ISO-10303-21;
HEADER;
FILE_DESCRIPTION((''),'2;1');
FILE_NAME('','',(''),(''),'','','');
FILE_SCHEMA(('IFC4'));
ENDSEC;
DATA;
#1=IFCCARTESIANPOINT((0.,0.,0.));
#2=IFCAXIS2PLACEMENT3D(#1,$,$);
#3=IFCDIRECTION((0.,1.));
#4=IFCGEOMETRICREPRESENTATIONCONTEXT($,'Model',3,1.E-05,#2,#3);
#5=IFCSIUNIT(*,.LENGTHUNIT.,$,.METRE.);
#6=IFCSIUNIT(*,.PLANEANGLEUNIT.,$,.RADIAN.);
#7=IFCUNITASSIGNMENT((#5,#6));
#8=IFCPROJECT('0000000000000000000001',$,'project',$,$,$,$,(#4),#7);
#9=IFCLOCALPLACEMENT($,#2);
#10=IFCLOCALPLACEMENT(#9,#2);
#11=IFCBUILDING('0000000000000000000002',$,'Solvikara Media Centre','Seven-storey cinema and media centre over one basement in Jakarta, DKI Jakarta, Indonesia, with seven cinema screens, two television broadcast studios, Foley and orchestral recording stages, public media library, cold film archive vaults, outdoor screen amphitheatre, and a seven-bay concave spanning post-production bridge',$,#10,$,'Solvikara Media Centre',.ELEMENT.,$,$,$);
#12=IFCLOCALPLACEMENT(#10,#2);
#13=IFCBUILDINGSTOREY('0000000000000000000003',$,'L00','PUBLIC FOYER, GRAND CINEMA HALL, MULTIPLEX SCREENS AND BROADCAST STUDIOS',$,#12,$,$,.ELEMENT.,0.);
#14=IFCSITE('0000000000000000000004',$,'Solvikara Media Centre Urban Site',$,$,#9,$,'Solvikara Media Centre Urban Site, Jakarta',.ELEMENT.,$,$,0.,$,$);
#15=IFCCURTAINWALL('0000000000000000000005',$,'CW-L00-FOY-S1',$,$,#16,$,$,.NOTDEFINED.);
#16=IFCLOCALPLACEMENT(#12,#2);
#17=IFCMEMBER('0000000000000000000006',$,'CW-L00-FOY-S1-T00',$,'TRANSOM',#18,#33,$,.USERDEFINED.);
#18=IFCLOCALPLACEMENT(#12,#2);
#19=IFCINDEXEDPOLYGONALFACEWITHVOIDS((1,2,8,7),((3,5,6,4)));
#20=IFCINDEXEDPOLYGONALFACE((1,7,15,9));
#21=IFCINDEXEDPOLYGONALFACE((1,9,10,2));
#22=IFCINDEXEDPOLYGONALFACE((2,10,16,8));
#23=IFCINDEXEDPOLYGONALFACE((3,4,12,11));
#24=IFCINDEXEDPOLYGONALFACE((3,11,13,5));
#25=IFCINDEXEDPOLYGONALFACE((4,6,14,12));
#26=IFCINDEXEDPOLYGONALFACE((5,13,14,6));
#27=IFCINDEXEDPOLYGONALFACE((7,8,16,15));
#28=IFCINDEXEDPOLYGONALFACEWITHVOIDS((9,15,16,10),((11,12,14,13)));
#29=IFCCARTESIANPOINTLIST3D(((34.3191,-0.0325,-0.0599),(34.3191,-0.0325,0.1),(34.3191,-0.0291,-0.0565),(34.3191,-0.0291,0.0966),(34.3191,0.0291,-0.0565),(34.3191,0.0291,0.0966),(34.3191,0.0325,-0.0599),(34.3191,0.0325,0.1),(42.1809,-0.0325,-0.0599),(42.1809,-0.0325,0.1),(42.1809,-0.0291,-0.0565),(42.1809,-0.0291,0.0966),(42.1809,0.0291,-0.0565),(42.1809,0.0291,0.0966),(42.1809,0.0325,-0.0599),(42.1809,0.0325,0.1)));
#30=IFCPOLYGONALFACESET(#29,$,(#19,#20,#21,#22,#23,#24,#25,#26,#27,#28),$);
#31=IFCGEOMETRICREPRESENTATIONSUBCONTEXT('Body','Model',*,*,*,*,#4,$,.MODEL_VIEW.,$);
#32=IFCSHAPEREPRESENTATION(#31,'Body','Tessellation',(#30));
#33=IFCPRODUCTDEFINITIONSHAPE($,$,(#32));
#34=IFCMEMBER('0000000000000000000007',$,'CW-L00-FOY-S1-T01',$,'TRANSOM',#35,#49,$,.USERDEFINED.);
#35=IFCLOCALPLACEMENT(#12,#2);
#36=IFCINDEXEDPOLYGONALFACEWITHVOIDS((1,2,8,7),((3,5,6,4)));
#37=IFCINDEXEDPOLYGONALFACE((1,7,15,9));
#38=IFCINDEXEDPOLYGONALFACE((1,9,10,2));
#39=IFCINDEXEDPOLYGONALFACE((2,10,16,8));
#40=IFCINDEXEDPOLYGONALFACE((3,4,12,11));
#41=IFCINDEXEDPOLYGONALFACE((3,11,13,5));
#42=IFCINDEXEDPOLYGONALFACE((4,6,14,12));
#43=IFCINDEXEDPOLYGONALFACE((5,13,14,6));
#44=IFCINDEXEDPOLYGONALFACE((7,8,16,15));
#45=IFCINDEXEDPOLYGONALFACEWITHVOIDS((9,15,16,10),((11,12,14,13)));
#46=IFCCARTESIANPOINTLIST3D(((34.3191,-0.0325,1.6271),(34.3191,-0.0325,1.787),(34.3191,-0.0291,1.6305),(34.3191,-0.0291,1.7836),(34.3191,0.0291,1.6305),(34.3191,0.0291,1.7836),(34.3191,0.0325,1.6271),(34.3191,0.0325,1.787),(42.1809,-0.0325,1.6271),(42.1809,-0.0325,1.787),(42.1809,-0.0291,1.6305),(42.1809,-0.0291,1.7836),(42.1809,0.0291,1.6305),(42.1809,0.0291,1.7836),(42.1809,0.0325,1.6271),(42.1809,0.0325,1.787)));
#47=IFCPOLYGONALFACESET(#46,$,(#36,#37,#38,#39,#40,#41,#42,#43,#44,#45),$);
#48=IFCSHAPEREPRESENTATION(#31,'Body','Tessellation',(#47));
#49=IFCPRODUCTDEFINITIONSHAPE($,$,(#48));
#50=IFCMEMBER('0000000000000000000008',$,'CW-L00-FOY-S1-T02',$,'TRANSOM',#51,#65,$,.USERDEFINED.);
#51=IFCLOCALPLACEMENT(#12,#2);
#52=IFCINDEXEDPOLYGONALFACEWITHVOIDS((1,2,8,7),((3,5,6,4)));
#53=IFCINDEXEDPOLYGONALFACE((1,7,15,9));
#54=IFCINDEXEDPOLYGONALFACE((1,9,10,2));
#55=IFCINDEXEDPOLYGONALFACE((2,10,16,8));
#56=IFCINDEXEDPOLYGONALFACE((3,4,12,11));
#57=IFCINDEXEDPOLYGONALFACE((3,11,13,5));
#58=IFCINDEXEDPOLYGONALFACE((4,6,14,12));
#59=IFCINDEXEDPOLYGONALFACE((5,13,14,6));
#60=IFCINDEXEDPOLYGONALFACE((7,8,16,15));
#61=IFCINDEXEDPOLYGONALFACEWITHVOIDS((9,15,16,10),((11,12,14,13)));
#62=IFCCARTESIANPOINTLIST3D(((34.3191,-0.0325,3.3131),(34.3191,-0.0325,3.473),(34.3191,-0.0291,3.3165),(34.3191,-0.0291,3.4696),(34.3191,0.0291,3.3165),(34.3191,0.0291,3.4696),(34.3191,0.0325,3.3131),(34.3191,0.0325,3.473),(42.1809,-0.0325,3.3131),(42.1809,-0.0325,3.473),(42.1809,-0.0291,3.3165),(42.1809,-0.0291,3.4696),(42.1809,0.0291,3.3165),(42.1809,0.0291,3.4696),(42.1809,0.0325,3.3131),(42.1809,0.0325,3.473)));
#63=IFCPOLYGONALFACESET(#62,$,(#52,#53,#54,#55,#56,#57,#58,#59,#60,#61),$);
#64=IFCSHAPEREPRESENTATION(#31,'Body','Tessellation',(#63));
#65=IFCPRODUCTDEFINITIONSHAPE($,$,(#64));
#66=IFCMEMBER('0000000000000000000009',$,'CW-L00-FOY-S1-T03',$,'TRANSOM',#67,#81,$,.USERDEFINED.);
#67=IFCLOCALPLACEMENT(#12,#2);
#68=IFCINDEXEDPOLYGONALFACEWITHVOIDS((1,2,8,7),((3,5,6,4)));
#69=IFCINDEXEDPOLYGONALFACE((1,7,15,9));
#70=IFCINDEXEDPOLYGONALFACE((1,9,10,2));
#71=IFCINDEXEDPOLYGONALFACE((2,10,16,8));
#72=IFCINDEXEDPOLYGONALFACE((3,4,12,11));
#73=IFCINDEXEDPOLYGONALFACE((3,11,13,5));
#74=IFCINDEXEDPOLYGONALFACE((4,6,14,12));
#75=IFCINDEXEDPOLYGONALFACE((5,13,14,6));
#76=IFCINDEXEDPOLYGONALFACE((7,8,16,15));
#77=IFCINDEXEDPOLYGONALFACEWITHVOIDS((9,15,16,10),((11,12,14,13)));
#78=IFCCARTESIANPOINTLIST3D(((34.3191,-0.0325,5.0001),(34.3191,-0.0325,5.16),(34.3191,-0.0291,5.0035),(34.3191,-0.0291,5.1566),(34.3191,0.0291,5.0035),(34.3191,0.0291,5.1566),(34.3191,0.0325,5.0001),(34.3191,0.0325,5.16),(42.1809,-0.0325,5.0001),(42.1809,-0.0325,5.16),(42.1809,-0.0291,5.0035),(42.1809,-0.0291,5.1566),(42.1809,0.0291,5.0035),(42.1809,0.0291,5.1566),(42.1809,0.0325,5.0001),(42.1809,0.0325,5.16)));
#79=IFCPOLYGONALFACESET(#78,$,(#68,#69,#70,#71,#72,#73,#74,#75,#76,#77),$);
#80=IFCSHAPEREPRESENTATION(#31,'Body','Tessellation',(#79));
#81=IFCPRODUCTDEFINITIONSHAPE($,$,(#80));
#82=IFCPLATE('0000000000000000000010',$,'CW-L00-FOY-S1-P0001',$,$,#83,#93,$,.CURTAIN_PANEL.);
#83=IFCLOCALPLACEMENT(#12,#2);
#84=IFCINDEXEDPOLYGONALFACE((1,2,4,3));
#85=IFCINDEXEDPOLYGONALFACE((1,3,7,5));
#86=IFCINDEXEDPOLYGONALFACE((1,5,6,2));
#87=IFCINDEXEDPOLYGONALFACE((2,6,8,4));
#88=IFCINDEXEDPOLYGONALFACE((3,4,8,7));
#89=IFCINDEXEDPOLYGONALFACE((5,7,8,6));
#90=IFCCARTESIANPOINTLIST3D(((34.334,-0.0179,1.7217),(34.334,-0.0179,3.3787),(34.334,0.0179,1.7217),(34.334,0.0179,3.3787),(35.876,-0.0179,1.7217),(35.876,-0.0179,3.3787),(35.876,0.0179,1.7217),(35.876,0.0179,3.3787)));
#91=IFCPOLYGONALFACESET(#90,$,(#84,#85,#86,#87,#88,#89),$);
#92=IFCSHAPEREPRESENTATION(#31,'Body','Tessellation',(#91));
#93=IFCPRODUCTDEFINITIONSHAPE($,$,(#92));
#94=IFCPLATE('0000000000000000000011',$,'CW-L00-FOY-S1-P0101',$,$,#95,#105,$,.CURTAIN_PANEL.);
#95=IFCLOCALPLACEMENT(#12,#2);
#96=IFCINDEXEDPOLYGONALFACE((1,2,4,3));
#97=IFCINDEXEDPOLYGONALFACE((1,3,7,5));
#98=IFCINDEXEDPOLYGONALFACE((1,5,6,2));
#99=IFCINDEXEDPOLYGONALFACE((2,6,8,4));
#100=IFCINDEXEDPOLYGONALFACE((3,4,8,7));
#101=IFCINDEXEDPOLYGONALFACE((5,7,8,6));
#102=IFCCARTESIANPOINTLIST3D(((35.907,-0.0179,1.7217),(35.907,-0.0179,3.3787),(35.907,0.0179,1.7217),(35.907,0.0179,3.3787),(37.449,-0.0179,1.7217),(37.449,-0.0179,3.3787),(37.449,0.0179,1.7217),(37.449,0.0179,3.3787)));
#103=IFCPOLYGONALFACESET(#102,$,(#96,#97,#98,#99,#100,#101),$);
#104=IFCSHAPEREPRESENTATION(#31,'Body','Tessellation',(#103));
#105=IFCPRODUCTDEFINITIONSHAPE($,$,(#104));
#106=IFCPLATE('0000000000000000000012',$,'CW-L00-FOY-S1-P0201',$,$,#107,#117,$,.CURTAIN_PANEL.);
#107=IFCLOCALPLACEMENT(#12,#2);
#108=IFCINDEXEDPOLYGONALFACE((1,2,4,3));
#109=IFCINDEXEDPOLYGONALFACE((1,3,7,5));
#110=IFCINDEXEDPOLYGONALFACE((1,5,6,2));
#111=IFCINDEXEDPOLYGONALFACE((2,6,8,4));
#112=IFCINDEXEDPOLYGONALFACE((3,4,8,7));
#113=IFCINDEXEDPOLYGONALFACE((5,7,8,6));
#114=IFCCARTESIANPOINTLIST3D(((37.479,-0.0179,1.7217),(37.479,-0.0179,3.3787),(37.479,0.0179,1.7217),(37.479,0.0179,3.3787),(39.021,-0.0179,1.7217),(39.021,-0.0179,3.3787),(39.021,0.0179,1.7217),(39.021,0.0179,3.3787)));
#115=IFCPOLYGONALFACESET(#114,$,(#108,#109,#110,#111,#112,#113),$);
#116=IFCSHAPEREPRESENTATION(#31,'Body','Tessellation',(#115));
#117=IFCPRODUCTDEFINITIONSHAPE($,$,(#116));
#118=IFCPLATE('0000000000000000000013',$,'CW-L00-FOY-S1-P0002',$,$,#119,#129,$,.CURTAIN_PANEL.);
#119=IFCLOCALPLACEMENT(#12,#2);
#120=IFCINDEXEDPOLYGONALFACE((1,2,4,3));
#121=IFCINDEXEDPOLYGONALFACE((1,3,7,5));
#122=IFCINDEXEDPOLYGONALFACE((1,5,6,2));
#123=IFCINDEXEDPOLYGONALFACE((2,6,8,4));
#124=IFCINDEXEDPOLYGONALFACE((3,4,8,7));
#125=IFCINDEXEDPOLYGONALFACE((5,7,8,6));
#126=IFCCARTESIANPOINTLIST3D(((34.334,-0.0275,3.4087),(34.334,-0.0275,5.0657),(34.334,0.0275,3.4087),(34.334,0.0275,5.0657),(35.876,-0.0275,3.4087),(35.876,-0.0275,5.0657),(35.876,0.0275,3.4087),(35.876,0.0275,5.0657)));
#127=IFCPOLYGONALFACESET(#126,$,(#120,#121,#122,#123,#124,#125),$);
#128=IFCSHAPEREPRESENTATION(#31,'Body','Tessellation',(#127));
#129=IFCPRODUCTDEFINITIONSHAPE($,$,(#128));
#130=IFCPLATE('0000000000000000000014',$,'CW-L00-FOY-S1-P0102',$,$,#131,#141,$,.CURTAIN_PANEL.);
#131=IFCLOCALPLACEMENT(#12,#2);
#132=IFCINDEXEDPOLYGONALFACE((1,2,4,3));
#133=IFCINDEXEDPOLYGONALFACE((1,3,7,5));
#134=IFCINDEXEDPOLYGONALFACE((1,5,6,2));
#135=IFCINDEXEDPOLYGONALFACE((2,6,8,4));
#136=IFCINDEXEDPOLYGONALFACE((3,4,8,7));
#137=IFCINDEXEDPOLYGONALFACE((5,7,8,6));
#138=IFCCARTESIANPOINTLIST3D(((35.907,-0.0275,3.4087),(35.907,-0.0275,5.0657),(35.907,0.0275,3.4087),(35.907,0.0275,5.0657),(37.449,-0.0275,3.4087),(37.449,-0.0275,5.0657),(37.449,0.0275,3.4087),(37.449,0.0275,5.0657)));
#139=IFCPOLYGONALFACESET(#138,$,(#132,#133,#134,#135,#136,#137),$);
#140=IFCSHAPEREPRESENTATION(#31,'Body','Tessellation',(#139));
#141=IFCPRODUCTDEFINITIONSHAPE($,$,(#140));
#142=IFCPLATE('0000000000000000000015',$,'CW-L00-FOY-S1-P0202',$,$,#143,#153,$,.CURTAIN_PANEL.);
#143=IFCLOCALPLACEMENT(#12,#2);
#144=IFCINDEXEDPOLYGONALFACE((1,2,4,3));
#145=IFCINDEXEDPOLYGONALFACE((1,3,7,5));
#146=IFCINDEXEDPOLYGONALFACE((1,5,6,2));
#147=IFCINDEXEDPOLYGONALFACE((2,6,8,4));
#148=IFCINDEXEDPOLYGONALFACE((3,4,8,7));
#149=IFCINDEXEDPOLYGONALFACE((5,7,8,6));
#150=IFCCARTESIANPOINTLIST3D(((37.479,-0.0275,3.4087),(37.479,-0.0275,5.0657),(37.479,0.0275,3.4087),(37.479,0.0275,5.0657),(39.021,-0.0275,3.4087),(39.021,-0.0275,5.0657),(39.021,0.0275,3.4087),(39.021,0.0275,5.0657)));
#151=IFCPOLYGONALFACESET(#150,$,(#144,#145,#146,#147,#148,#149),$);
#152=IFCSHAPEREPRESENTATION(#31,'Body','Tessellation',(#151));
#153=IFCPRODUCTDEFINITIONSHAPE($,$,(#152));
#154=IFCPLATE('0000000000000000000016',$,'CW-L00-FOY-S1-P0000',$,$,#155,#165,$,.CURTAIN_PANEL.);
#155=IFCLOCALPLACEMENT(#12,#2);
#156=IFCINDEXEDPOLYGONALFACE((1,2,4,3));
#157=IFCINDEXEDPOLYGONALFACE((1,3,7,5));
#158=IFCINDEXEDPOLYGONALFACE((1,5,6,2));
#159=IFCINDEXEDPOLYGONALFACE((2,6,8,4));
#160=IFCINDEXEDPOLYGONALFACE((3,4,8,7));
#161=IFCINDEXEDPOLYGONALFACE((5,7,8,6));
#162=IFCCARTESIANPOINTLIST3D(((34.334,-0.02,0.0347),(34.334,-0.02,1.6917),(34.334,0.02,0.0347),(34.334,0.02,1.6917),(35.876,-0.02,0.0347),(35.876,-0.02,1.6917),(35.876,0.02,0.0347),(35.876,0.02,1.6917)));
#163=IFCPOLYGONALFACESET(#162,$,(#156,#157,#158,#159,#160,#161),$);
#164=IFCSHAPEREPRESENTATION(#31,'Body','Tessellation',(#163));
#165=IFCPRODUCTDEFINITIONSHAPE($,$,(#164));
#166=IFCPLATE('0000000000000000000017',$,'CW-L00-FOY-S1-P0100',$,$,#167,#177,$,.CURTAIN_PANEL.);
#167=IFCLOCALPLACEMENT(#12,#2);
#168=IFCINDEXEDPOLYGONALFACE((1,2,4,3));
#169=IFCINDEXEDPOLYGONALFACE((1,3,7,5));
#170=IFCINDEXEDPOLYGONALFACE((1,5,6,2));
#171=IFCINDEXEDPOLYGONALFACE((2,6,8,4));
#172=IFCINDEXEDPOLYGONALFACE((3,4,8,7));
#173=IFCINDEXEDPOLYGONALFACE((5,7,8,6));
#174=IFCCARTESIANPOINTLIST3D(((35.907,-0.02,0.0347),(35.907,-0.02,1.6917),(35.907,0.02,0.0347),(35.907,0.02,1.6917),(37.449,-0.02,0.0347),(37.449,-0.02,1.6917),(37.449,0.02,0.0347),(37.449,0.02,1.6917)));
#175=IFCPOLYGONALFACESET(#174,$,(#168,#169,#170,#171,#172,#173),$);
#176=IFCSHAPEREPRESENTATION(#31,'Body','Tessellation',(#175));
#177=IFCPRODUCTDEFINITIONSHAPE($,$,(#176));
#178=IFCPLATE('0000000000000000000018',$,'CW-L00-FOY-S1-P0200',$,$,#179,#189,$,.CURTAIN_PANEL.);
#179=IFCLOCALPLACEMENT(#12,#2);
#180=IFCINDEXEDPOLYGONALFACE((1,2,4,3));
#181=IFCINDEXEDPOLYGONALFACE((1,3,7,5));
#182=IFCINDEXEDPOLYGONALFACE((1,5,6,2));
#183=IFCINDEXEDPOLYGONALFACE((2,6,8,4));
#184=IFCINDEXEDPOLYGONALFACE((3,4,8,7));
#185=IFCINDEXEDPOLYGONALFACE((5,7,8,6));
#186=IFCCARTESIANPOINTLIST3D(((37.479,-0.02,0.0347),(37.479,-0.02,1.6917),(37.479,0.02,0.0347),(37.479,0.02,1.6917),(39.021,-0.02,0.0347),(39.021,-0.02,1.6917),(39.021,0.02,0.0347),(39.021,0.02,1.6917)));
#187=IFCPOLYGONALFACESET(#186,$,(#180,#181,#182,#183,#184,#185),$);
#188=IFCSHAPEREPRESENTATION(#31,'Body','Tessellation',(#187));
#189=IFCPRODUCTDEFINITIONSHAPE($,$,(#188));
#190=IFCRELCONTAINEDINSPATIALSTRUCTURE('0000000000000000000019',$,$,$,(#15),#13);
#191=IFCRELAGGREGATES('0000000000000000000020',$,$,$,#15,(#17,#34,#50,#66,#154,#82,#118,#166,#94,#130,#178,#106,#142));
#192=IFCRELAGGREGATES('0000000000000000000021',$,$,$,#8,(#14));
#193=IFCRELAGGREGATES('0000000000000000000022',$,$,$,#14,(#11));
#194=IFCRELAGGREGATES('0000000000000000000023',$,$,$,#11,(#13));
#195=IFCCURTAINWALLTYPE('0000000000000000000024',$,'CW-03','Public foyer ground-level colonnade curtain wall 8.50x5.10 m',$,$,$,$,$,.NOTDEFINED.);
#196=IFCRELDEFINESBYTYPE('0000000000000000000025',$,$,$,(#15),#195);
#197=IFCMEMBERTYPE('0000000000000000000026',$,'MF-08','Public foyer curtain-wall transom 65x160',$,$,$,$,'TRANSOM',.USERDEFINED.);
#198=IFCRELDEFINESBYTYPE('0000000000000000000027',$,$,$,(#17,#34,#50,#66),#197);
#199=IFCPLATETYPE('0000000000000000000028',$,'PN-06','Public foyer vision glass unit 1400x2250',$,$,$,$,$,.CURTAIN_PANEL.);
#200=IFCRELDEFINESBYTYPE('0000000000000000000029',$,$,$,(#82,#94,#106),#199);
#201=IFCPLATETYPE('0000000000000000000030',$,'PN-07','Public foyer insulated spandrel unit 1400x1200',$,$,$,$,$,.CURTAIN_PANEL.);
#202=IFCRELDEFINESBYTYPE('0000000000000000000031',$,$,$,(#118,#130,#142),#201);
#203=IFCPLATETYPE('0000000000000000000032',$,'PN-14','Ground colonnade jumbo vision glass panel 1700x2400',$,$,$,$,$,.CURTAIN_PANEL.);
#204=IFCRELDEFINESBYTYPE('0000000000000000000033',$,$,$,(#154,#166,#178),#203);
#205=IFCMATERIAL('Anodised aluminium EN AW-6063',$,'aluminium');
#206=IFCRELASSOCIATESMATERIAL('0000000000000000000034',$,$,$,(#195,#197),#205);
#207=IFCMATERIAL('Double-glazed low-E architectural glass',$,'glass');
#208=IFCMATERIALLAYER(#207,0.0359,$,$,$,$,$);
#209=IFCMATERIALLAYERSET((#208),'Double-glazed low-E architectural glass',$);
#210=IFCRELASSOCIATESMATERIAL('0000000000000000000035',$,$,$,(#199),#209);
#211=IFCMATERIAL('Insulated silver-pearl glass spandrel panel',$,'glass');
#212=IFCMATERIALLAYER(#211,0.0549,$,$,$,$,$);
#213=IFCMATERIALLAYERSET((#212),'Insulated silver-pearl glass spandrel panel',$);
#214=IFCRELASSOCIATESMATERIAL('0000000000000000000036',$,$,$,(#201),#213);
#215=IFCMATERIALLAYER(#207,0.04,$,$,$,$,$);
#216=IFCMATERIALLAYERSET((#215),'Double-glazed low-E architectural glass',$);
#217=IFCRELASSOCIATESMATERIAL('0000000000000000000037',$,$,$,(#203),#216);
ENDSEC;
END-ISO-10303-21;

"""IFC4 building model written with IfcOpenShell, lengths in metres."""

from ifc_helpers import new_model, si_unit, direction, frame, origin, origin_2d, place, context, subcontext, project, spatial, rectangle, hollow_rectangle, extrude, material, layer, layer_set, material_profile, profile_set, type_object, element, aggregate, save


model = new_model("IFC4")

# Units and contexts
model_context = context("Model", 3, precision=1e-05, world=origin(), true_north=direction((0.0, 1.0)))
body_context = subcontext(model_context, "Body", "Model", "MODEL_VIEW")
ifc_project = project(units=[si_unit("LENGTHUNIT", "METRE"), si_unit("PLANEANGLEUNIT", "RADIAN")], contexts=[model_context])

# Site, building, storey
site_placement = place(None, origin())
site = spatial("IfcSite", under=ifc_project, at=site_placement, Name="Solvikara Media Centre Urban Site", LongName="Solvikara Media Centre Urban Site, Jakarta", CompositionType="ELEMENT", RefElevation=0.0)
building_placement = place(site_placement, origin())
building = spatial("IfcBuilding", under=site, at=building_placement, Name="Solvikara Media Centre", Description="Seven-storey cinema and media centre over one basement in Jakarta, DKI Jakarta, Indonesia, with seven cinema screens, two television broadcast studios, Foley and orchestral recording stages, public media library, cold film archive vaults, outdoor screen amphitheatre, and a seven-bay concave spanning post-production bridge", LongName="Solvikara Media Centre", CompositionType="ELEMENT")
storey_placement = place(building_placement, origin())
storey = spatial("IfcBuildingStorey", under=building, at=storey_placement, Name="L00", Description="PUBLIC FOYER, GRAND CINEMA HALL, MULTIPLEX SCREENS AND BROADCAST STUDIOS", CompositionType="ELEMENT", Elevation=0.0)

# Curtain wall, members, plates
ifc_material_1 = material(Name="Anodised aluminium EN AW-6063", Category="aluminium")
curtain_wall_type = type_object("IfcCurtainWallType", Name="CW-03", Description="Public foyer ground-level colonnade curtain wall 8.50x5.10 m", PredefinedType="NOTDEFINED", material=ifc_material_1)
curtain_wall_placement = place(storey_placement, origin())
curtain_wall = element("IfcCurtainWall", 1, at=curtain_wall_placement, inside=storey, type_object=curtain_wall_type, Name="CW-L00-FOY-S1", PredefinedType="NOTDEFINED")
ifc_material_profile_1 = material_profile(ifc_material_1, hollow_rectangle(XDim=0.0649, YDim=0.1599, WallThickness=0.0034, at=origin_2d()), Name="ALU-T 65x160x3.5")
ifc_profile_set_1 = profile_set([ifc_material_profile_1], Name="Anodised aluminium EN AW-6063")
member_type_1 = type_object("IfcMemberType", Name="MF-08", Description="Public foyer curtain-wall transom 65x160", ElementType="TRANSOM", PredefinedType="USERDEFINED", material=ifc_profile_set_1)
member_1_placement = place(storey_placement, frame((34.3191, 0.0, 0.02), z_axis=(1.0, 0.0, 0.0), x_axis=(0.0, 1.0, 0.0)))
member_1 = element("IfcMember", 2, at=member_1_placement, type_object=member_type_1, Name="CW-L00-FOY-S1-T00", ObjectType="TRANSOM", PredefinedType="USERDEFINED", context=body_context, shape_type="SweptSolid", body=[
    extrude(hollow_rectangle(XDim=0.0649, YDim=0.1599, WallThickness=0.0034, at=origin_2d()), origin(), (0.0, 0.0, 1.0), 7.8618),
])
member_2_placement = place(storey_placement, frame((34.3191, 0.0, 1.707), z_axis=(1.0, 0.0, 0.0), x_axis=(0.0, 1.0, 0.0)))
member_2 = element("IfcMember", 3, at=member_2_placement, type_object=member_type_1, Name="CW-L00-FOY-S1-T01", ObjectType="TRANSOM", PredefinedType="USERDEFINED", context=body_context, shape_type="SweptSolid", body=[
    extrude(hollow_rectangle(XDim=0.0649, YDim=0.1599, WallThickness=0.0034, at=origin_2d()), origin(), (0.0, 0.0, 1.0), 7.8618),
])
member_3_placement = place(storey_placement, frame((34.3191, 0.0, 3.3931), z_axis=(1.0, 0.0, 0.0), x_axis=(0.0, 1.0, 0.0)))
member_3 = element("IfcMember", 4, at=member_3_placement, type_object=member_type_1, Name="CW-L00-FOY-S1-T02", ObjectType="TRANSOM", PredefinedType="USERDEFINED", context=body_context, shape_type="SweptSolid", body=[
    extrude(hollow_rectangle(XDim=0.0649, YDim=0.1599, WallThickness=0.0034, at=origin_2d()), origin(), (0.0, 0.0, 1.0), 7.8618),
])
member_4_placement = place(storey_placement, frame((34.3191, 0.0, 5.0801), z_axis=(1.0, 0.0, 0.0), x_axis=(0.0, 1.0, 0.0)))
member_4 = element("IfcMember", 5, at=member_4_placement, type_object=member_type_1, Name="CW-L00-FOY-S1-T03", ObjectType="TRANSOM", PredefinedType="USERDEFINED", context=body_context, shape_type="SweptSolid", body=[
    extrude(hollow_rectangle(XDim=0.0649, YDim=0.1599, WallThickness=0.0034, at=origin_2d()), origin(), (0.0, 0.0, 1.0), 7.8618),
])
ifc_material_2 = material(Name="Double-glazed low-E architectural glass", Category="glass")
ifc_layer_1 = layer(ifc_material_2, 0.0359)
ifc_layer_set_1 = layer_set([ifc_layer_1], Name="Double-glazed low-E architectural glass")
plate_type_1 = type_object("IfcPlateType", Name="PN-06", Description="Public foyer vision glass unit 1400x2250", PredefinedType="CURTAIN_PANEL", material=ifc_layer_set_1)
plate_1_placement = place(storey_placement, frame((35.105, 0.0, 1.7217), z_axis=(0.0, 0.0, 1.0), x_axis=(1.0, 0.0, 0.0)))
plate_1 = element("IfcPlate", 6, at=plate_1_placement, type_object=plate_type_1, Name="CW-L00-FOY-S1-P0001", PredefinedType="CURTAIN_PANEL", context=body_context, shape_type="SweptSolid", body=[
    extrude(rectangle(XDim=1.542, YDim=0.0359, at=origin_2d()), origin(), (0.0, 0.0, 1.0), 1.657),
])
plate_2_placement = place(storey_placement, frame((36.678, 0.0, 1.7217), z_axis=(0.0, 0.0, 1.0), x_axis=(1.0, 0.0, 0.0)))
plate_2 = element("IfcPlate", 7, at=plate_2_placement, type_object=plate_type_1, Name="CW-L00-FOY-S1-P0101", PredefinedType="CURTAIN_PANEL", context=body_context, shape_type="SweptSolid", body=[
    extrude(rectangle(XDim=1.542, YDim=0.0359, at=origin_2d()), origin(), (0.0, 0.0, 1.0), 1.657),
])
plate_3_placement = place(storey_placement, frame((38.25, 0.0, 1.7217), z_axis=(0.0, 0.0, 1.0), x_axis=(1.0, 0.0, 0.0)))
plate_3 = element("IfcPlate", 8, at=plate_3_placement, type_object=plate_type_1, Name="CW-L00-FOY-S1-P0201", PredefinedType="CURTAIN_PANEL", context=body_context, shape_type="SweptSolid", body=[
    extrude(rectangle(XDim=1.542, YDim=0.0359, at=origin_2d()), origin(), (0.0, 0.0, 1.0), 1.657),
])
ifc_material_3 = material(Name="Insulated silver-pearl glass spandrel panel", Category="glass")
ifc_layer_2 = layer(ifc_material_3, 0.0549)
ifc_layer_set_2 = layer_set([ifc_layer_2], Name="Insulated silver-pearl glass spandrel panel")
plate_type_2 = type_object("IfcPlateType", Name="PN-07", Description="Public foyer insulated spandrel unit 1400x1200", PredefinedType="CURTAIN_PANEL", material=ifc_layer_set_2)
plate_4_placement = place(storey_placement, frame((35.105, 0.0, 3.4087), z_axis=(0.0, 0.0, 1.0), x_axis=(1.0, 0.0, 0.0)))
plate_4 = element("IfcPlate", 9, at=plate_4_placement, type_object=plate_type_2, Name="CW-L00-FOY-S1-P0002", PredefinedType="CURTAIN_PANEL", context=body_context, shape_type="SweptSolid", body=[
    extrude(rectangle(XDim=1.542, YDim=0.0549, at=origin_2d()), origin(), (0.0, 0.0, 1.0), 1.657),
])
plate_5_placement = place(storey_placement, frame((36.678, 0.0, 3.4087), z_axis=(0.0, 0.0, 1.0), x_axis=(1.0, 0.0, 0.0)))
plate_5 = element("IfcPlate", 10, at=plate_5_placement, type_object=plate_type_2, Name="CW-L00-FOY-S1-P0102", PredefinedType="CURTAIN_PANEL", context=body_context, shape_type="SweptSolid", body=[
    extrude(rectangle(XDim=1.542, YDim=0.0549, at=origin_2d()), origin(), (0.0, 0.0, 1.0), 1.657),
])
plate_6_placement = place(storey_placement, frame((38.25, 0.0, 3.4087), z_axis=(0.0, 0.0, 1.0), x_axis=(1.0, 0.0, 0.0)))
plate_6 = element("IfcPlate", 11, at=plate_6_placement, type_object=plate_type_2, Name="CW-L00-FOY-S1-P0202", PredefinedType="CURTAIN_PANEL", context=body_context, shape_type="SweptSolid", body=[
    extrude(rectangle(XDim=1.542, YDim=0.0549, at=origin_2d()), origin(), (0.0, 0.0, 1.0), 1.657),
])
ifc_layer_3 = layer(ifc_material_2, 0.04)
ifc_layer_set_3 = layer_set([ifc_layer_3], Name="Double-glazed low-E architectural glass")
plate_type_3 = type_object("IfcPlateType", Name="PN-14", Description="Ground colonnade jumbo vision glass panel 1700x2400", PredefinedType="CURTAIN_PANEL", material=ifc_layer_set_3)
plate_7_placement = place(storey_placement, frame((35.105, 0.0, 0.0347), z_axis=(0.0, 0.0, 1.0), x_axis=(1.0, 0.0, 0.0)))
plate_7 = element("IfcPlate", 12, at=plate_7_placement, type_object=plate_type_3, Name="CW-L00-FOY-S1-P0000", PredefinedType="CURTAIN_PANEL", context=body_context, shape_type="SweptSolid", body=[
    extrude(rectangle(XDim=1.542, YDim=0.04, at=origin_2d()), origin(), (0.0, 0.0, 1.0), 1.657),
])
plate_8_placement = place(storey_placement, frame((36.678, 0.0, 0.0347), z_axis=(0.0, 0.0, 1.0), x_axis=(1.0, 0.0, 0.0)))
plate_8 = element("IfcPlate", 13, at=plate_8_placement, type_object=plate_type_3, Name="CW-L00-FOY-S1-P0100", PredefinedType="CURTAIN_PANEL", context=body_context, shape_type="SweptSolid", body=[
    extrude(rectangle(XDim=1.542, YDim=0.04, at=origin_2d()), origin(), (0.0, 0.0, 1.0), 1.657),
])
plate_9_placement = place(storey_placement, frame((38.25, 0.0, 0.0347), z_axis=(0.0, 0.0, 1.0), x_axis=(1.0, 0.0, 0.0)))
plate_9 = element("IfcPlate", 14, at=plate_9_placement, type_object=plate_type_3, Name="CW-L00-FOY-S1-P0200", PredefinedType="CURTAIN_PANEL", context=body_context, shape_type="SweptSolid", body=[
    extrude(rectangle(XDim=1.542, YDim=0.04, at=origin_2d()), origin(), (0.0, 0.0, 1.0), 1.657),
])
aggregate(curtain_wall, [member_1, member_2, member_3, member_4, plate_7, plate_1, plate_4, plate_8, plate_2, plate_5, plate_9, plate_3, plate_6])

save(model, "model.ifc")
